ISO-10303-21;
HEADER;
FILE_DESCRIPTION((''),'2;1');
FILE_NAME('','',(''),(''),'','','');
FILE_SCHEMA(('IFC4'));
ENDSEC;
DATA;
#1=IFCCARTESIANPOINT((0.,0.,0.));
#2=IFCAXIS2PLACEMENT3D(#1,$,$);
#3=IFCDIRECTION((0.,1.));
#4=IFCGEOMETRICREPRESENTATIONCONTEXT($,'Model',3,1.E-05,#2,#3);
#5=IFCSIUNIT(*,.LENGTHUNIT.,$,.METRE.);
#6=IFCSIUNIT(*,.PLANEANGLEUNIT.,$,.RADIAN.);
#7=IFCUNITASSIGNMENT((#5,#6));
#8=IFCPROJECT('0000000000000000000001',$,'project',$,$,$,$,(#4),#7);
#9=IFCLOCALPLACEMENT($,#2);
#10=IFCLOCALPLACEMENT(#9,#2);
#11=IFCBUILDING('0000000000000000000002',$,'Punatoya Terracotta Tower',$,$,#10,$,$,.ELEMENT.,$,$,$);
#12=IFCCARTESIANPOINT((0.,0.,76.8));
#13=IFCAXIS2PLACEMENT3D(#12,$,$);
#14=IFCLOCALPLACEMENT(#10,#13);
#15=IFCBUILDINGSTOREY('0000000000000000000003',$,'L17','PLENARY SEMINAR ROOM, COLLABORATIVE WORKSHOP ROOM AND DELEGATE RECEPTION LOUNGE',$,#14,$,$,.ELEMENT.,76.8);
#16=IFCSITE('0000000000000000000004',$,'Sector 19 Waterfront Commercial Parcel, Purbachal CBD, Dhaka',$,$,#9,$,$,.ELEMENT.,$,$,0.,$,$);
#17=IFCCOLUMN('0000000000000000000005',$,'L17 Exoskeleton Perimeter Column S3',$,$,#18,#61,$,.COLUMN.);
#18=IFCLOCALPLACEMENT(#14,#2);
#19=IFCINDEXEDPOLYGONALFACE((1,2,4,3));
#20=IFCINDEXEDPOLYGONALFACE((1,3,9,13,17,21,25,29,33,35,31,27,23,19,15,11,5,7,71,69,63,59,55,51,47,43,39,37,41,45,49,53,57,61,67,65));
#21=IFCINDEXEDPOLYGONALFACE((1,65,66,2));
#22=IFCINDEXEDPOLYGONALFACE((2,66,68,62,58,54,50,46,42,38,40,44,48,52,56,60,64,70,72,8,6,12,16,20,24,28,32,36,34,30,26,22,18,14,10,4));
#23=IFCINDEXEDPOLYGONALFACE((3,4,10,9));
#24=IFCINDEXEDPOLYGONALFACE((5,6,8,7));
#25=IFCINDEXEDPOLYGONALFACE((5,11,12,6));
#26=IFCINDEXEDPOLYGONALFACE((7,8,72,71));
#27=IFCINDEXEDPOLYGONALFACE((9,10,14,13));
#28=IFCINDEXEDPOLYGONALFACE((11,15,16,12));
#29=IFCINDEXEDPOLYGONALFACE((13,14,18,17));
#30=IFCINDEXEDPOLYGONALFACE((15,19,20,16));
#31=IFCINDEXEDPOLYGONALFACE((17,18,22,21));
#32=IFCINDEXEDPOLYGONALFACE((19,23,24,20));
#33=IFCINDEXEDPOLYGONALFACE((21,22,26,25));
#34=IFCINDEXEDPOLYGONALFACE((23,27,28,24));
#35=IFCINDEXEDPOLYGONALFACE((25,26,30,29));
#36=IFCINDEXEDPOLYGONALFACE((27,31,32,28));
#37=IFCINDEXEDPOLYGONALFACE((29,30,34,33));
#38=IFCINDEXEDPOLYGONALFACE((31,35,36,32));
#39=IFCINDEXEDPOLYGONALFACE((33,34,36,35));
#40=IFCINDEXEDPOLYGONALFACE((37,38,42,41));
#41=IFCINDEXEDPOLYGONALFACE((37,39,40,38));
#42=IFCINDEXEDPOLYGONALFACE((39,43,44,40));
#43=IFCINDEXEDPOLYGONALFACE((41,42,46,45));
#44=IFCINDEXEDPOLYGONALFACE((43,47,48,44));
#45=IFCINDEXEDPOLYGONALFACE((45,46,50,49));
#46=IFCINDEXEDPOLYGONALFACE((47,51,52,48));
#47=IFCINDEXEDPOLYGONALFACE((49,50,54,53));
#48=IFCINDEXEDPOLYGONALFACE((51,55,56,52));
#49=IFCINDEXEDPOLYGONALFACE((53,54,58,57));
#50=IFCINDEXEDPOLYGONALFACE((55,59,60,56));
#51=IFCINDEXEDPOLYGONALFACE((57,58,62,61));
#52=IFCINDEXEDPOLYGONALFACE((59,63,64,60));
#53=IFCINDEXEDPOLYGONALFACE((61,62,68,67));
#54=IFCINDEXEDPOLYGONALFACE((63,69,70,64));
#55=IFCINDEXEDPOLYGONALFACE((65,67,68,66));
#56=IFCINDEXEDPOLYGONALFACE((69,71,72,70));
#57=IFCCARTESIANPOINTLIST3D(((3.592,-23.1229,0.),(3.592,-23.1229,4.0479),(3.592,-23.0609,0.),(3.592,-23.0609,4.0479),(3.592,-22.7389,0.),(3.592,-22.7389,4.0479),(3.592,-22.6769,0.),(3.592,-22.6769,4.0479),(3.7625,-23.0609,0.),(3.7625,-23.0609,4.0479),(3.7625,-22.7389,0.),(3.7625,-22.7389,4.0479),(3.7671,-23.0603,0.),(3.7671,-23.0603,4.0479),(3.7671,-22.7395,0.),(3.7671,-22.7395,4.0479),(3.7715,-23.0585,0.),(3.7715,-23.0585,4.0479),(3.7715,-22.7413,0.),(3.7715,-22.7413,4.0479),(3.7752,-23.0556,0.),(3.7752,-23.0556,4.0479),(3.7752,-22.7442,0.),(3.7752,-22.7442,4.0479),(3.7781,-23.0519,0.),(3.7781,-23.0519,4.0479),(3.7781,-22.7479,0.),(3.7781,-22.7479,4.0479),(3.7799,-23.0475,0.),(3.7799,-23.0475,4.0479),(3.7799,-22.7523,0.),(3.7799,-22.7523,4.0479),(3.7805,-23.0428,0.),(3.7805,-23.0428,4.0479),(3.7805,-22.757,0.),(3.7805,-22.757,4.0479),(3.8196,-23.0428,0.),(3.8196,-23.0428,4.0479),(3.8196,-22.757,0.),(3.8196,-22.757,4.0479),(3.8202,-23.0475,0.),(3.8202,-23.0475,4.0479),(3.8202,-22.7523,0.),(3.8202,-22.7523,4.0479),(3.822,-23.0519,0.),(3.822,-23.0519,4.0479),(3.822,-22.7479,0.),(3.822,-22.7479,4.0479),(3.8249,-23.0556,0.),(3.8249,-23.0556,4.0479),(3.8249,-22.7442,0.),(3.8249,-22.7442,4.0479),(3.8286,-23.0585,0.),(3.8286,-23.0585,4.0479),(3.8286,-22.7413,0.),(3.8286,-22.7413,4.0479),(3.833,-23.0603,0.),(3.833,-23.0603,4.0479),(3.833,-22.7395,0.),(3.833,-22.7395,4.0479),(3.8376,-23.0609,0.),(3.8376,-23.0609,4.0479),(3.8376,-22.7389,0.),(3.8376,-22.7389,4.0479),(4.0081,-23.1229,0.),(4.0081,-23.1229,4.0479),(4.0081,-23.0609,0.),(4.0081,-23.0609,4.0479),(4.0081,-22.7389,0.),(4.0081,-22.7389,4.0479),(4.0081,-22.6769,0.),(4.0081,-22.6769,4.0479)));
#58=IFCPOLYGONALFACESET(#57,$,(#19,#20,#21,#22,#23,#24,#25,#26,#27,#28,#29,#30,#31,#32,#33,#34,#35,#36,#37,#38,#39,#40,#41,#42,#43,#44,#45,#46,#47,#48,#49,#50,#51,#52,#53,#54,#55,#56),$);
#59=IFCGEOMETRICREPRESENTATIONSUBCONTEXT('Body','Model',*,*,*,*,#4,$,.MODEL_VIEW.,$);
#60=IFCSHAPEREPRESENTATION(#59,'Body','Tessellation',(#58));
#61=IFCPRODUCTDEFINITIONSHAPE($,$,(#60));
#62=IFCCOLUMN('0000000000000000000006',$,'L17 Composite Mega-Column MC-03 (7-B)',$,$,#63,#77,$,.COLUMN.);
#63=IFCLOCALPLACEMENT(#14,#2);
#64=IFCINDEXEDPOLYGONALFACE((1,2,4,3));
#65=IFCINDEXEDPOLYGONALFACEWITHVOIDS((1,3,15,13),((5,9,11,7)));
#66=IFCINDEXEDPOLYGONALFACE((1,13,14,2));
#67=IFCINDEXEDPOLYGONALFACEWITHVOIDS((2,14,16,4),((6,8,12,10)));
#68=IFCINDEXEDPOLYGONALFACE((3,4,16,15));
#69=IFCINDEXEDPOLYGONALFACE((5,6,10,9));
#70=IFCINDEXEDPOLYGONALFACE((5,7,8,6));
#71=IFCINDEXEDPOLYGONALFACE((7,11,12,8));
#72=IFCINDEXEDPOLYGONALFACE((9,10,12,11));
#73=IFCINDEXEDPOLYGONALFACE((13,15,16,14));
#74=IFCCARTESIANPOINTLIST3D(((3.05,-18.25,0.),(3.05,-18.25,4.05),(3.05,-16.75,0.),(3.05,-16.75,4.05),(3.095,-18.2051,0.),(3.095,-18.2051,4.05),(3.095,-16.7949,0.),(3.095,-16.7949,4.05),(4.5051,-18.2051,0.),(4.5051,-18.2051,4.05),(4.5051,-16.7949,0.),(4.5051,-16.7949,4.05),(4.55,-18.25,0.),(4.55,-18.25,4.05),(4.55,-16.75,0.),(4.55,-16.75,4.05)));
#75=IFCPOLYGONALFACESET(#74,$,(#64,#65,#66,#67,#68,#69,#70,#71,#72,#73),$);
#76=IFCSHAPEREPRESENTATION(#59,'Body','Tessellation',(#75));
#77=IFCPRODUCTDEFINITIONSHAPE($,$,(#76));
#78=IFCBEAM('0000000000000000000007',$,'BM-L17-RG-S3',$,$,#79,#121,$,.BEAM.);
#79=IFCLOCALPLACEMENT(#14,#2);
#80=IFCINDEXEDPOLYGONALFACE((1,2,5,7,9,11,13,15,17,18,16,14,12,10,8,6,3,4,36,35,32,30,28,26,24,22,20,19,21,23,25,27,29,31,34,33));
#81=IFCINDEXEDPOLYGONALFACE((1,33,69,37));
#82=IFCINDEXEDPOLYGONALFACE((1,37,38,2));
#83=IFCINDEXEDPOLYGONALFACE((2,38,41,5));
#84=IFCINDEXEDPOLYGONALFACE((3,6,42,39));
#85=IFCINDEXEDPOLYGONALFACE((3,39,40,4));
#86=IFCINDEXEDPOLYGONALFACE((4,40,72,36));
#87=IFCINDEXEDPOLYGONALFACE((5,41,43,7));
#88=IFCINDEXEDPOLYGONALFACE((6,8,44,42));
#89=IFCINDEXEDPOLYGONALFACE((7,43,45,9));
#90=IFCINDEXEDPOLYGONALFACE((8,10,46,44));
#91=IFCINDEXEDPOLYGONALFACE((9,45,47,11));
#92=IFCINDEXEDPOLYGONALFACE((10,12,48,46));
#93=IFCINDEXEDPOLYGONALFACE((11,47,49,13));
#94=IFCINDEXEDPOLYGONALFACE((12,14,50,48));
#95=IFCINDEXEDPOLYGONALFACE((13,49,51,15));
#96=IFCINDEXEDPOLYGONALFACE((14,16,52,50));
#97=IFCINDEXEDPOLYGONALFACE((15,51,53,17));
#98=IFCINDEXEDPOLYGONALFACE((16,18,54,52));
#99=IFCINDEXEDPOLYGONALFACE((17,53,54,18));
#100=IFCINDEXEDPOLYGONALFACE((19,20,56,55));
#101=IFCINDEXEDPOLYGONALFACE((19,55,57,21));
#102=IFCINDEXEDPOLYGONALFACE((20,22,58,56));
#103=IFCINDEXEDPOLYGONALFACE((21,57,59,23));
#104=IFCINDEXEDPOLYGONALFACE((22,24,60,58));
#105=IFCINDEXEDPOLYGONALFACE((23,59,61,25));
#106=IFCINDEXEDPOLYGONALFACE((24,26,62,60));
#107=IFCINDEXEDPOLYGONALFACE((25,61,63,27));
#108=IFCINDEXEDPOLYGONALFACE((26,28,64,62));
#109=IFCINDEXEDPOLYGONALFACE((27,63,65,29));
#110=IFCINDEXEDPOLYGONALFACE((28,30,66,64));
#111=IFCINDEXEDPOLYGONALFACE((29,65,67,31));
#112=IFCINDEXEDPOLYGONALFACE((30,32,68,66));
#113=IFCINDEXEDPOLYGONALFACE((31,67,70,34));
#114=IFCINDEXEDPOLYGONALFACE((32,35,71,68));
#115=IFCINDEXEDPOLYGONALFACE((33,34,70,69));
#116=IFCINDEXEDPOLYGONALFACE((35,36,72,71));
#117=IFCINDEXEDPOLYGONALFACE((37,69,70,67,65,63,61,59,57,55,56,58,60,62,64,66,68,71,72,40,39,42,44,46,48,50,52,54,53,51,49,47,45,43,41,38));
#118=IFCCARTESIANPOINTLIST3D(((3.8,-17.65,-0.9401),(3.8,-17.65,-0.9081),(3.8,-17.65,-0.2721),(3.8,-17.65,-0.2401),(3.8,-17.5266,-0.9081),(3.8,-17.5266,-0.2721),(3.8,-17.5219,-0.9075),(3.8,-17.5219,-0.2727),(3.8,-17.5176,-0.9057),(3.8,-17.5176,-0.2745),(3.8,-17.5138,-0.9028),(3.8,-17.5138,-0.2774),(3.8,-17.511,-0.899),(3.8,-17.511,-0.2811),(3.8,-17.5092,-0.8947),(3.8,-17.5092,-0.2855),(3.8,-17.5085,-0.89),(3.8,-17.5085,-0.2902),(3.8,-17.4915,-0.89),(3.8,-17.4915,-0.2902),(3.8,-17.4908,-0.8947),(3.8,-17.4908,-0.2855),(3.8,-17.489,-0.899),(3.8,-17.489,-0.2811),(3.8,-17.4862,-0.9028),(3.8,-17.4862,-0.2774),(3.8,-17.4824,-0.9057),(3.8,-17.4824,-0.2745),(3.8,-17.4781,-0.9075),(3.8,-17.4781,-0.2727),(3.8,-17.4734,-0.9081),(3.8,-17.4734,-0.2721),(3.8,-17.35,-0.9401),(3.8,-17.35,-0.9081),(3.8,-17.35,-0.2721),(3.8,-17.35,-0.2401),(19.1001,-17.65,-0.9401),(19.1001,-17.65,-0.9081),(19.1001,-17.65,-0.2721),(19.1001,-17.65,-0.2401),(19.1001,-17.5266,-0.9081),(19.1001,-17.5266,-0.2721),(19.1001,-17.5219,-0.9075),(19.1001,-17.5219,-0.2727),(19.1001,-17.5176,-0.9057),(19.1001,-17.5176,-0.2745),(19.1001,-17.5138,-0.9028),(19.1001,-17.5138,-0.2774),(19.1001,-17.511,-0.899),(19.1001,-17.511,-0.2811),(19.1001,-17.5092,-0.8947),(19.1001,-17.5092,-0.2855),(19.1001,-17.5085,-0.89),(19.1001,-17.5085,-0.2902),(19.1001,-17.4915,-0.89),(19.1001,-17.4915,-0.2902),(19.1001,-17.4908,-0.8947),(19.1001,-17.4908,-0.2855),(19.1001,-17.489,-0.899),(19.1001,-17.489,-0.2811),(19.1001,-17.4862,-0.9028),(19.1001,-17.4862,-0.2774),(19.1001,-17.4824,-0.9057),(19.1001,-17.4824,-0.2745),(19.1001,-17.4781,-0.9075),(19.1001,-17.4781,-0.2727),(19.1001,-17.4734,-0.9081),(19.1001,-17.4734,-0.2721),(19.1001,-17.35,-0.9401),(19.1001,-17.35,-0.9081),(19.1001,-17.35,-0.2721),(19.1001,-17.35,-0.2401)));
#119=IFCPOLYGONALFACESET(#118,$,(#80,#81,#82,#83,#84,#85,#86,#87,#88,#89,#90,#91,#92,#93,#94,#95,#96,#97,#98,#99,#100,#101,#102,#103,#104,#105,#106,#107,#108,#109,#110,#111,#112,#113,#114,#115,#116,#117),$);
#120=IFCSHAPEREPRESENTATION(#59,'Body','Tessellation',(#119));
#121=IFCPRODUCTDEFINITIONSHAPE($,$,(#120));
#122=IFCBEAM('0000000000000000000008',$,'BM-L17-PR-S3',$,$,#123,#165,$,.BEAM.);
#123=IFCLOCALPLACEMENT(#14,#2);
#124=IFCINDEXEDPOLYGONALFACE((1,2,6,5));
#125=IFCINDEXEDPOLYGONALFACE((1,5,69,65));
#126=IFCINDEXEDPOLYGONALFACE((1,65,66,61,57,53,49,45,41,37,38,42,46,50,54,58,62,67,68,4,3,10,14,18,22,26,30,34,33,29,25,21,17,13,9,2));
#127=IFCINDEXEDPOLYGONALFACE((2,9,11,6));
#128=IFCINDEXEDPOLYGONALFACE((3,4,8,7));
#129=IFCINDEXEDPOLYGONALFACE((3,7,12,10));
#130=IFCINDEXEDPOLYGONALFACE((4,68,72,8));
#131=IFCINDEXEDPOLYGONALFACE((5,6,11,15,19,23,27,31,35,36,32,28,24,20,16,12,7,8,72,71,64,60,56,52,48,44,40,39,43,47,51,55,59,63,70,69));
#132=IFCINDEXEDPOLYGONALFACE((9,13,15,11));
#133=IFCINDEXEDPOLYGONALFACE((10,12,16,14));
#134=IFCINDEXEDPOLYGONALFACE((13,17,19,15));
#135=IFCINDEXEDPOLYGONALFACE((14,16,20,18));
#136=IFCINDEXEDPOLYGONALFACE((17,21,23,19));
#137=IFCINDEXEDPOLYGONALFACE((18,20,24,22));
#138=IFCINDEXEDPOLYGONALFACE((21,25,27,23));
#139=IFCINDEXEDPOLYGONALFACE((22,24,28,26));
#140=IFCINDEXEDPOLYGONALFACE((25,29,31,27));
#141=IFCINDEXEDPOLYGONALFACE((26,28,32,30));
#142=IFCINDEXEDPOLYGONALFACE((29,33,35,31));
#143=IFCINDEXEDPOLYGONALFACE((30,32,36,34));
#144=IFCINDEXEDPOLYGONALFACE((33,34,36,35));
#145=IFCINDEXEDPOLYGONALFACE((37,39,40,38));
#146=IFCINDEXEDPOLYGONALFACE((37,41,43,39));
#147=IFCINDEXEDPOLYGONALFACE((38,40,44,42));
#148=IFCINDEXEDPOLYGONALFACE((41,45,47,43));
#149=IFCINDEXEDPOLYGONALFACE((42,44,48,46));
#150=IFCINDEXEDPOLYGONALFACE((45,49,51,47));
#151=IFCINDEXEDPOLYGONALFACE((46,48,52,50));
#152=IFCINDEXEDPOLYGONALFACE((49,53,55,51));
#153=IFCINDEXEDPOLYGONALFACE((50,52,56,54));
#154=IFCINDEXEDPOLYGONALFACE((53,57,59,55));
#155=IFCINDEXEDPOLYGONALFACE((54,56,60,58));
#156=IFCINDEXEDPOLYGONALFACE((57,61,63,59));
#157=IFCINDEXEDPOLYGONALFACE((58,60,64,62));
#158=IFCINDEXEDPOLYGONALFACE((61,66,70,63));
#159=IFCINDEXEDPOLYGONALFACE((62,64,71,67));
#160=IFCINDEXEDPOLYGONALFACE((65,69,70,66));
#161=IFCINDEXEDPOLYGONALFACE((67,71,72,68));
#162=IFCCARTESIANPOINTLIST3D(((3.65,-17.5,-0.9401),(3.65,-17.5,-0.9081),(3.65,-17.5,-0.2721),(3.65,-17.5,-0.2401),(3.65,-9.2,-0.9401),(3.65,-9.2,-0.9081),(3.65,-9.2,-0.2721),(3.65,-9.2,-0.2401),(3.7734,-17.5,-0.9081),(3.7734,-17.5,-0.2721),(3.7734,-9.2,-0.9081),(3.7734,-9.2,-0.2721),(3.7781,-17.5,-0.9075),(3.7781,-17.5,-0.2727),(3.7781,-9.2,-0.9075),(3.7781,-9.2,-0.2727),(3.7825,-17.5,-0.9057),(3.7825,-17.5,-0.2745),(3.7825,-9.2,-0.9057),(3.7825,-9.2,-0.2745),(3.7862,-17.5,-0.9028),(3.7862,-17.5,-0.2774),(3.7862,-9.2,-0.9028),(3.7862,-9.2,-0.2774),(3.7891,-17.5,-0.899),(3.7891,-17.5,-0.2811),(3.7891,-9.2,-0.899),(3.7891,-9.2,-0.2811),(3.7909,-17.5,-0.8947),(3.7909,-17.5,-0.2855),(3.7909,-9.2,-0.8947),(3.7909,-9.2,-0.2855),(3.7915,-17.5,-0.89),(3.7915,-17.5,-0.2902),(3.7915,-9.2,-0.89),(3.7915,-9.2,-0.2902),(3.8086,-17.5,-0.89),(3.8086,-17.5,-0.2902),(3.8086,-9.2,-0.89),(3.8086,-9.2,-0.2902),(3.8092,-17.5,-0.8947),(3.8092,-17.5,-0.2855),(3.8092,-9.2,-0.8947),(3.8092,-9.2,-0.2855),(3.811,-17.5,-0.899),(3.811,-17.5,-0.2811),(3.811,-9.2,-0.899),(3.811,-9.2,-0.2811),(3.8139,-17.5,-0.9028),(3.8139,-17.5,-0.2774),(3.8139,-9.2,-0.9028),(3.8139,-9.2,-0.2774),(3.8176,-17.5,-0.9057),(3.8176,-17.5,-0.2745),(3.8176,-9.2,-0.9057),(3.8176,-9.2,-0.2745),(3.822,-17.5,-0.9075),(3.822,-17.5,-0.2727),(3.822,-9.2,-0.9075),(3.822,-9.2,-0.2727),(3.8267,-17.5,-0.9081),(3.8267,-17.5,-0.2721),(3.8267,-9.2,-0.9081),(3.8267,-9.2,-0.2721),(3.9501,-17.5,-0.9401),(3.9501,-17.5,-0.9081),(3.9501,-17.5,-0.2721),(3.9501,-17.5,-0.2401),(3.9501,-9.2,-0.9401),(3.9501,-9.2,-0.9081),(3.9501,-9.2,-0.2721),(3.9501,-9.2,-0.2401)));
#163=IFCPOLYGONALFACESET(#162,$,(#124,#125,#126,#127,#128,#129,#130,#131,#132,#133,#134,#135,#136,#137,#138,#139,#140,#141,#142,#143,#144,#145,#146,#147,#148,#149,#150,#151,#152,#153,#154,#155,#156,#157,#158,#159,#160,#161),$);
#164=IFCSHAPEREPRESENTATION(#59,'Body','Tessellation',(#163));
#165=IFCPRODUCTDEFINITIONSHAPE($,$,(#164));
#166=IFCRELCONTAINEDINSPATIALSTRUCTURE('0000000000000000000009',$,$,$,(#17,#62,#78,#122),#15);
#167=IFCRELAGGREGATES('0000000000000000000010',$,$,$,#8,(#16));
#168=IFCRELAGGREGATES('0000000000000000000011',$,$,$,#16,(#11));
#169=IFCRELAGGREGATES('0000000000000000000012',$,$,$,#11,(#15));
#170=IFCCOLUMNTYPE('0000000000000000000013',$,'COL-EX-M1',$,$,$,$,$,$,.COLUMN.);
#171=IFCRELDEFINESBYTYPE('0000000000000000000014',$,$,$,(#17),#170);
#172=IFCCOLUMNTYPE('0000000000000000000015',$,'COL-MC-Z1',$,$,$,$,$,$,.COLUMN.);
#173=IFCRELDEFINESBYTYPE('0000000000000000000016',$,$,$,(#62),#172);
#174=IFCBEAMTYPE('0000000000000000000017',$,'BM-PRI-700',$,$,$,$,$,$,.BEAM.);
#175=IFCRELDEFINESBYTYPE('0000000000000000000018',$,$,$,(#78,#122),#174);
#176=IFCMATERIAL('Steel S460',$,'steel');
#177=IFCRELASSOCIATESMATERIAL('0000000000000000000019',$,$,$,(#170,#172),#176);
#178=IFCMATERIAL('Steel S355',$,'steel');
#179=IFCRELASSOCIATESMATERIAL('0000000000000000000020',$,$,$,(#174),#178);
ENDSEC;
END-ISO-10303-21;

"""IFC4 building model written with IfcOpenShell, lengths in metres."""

from ifc_helpers import new_model, si_unit, direction, frame, origin, origin_2d, place, context, subcontext, project, spatial, hollow_rectangle, i_section, extrude, material, material_profile, profile_set, type_object, element, save


model = new_model("IFC4")

# Units and contexts
model_context = context("Model", 3, precision=1e-05, world=origin(), true_north=direction((0.0, 1.0)))
body_context = subcontext(model_context, "Body", "Model", "MODEL_VIEW")
ifc_project = project(units=[si_unit("LENGTHUNIT", "METRE"), si_unit("PLANEANGLEUNIT", "RADIAN")], contexts=[model_context])

# Site, building, storey
site_placement = place(None, origin())
site = spatial("IfcSite", under=ifc_project, at=site_placement, Name="Sector 19 Waterfront Commercial Parcel, Purbachal CBD, Dhaka", CompositionType="ELEMENT", RefElevation=0.0)
building_placement = place(site_placement, origin())
building = spatial("IfcBuilding", under=site, at=building_placement, Name="Punatoya Terracotta Tower", CompositionType="ELEMENT")
storey_placement = place(building_placement, frame((0.0, 0.0, 76.8)))
storey = spatial("IfcBuildingStorey", under=building, at=storey_placement, Name="L17", Description="PLENARY SEMINAR ROOM, COLLABORATIVE WORKSHOP ROOM AND DELEGATE RECEPTION LOUNGE", CompositionType="ELEMENT", Elevation=76.8)

# Columns
ifc_material_1 = material(Name="Steel S460", Category="steel")
ifc_material_profile_1 = material_profile(ifc_material_1, i_section(OverallWidth=0.416, OverallDepth=0.446, WebThickness=0.0391, FlangeThickness=0.062, FilletRadius=0.0181, at=origin_2d()))
ifc_profile_set_1 = profile_set([ifc_material_profile_1], Name="Steel S460")
column_type_1 = type_object("IfcColumnType", Name="COL-EX-M1", PredefinedType="COLUMN", material=ifc_profile_set_1)
column_1_placement = place(storey_placement, frame((3.8, -22.8999, 0.0), z_axis=(0.0, 0.0, 1.0), x_axis=(1.0, 0.0, 0.0)))
element("IfcColumn", 1, at=column_1_placement, inside=storey, type_object=column_type_1, Name="L17 Exoskeleton Perimeter Column S3", PredefinedType="COLUMN", context=body_context, shape_type="SweptSolid", body=[
    extrude(i_section(OverallWidth=0.416, OverallDepth=0.446, WebThickness=0.0391, FlangeThickness=0.062, FilletRadius=0.0181, at=origin_2d()), origin(), (0.0, 0.0, 1.0), 4.0479),
])
ifc_material_profile_2 = material_profile(ifc_material_1, hollow_rectangle(XDim=1.5, YDim=1.5, WallThickness=0.0449, at=origin_2d()))
ifc_profile_set_2 = profile_set([ifc_material_profile_2], Name="Steel S460")
column_type_2 = type_object("IfcColumnType", Name="COL-MC-Z1", PredefinedType="COLUMN", material=ifc_profile_set_2)
column_2_placement = place(storey_placement, frame((3.8, -17.5, 0.0), z_axis=(0.0, 0.0, 1.0), x_axis=(1.0, 0.0, 0.0)))
element("IfcColumn", 2, at=column_2_placement, inside=storey, type_object=column_type_2, Name="L17 Composite Mega-Column MC-03 (7-B)", PredefinedType="COLUMN", context=body_context, shape_type="SweptSolid", body=[
    extrude(hollow_rectangle(XDim=1.5, YDim=1.5, WallThickness=0.0449, at=origin_2d()), origin(), (0.0, 0.0, 1.0), 4.05),
])

# Beams
ifc_material_2 = material(Name="Steel S355", Category="steel")
ifc_material_profile_3 = material_profile(ifc_material_2, i_section(OverallWidth=0.3, OverallDepth=0.7, WebThickness=0.0171, FlangeThickness=0.032, FilletRadius=0.0181, at=origin_2d()))
ifc_profile_set_3 = profile_set([ifc_material_profile_3], Name="Steel S355")
beam_type_1 = type_object("IfcBeamType", Name="BM-PRI-700", PredefinedType="BEAM", material=ifc_profile_set_3)
beam_1_placement = place(storey_placement, frame((3.8, -17.5, -0.5901), z_axis=(1.0, 0.0, 0.0), x_axis=(0.0, 1.0, 0.0)))
element("IfcBeam", 3, at=beam_1_placement, inside=storey, type_object=beam_type_1, Name="BM-L17-RG-S3", PredefinedType="BEAM", context=body_context, shape_type="SweptSolid", body=[
    extrude(i_section(OverallWidth=0.3, OverallDepth=0.7, WebThickness=0.0171, FlangeThickness=0.032, FilletRadius=0.0181, at=origin_2d()), origin(), (0.0, 0.0, 1.0), 15.3),
])
for number, where, z_axis, x_axis, name in (
    (4, (3.8, -17.5, -0.5901), (0.0, 1.0, 0.0), (-1.0, 0.0, 0.0), "BM-L17-PR-S3"),
):
    element("IfcBeam", number, at=place(storey_placement, frame(where, z_axis=z_axis, x_axis=x_axis)), inside=storey, type_object=beam_type_1, Name=name, PredefinedType="BEAM", context=body_context, shape_type="SweptSolid", body=[
        extrude(i_section(OverallWidth=0.3, OverallDepth=0.7, WebThickness=0.0171, FlangeThickness=0.032, FilletRadius=0.0181, at=origin_2d()), origin(), (0.0, 0.0, 1.0), 8.3),
    ])

save(model, "model.ifc")
